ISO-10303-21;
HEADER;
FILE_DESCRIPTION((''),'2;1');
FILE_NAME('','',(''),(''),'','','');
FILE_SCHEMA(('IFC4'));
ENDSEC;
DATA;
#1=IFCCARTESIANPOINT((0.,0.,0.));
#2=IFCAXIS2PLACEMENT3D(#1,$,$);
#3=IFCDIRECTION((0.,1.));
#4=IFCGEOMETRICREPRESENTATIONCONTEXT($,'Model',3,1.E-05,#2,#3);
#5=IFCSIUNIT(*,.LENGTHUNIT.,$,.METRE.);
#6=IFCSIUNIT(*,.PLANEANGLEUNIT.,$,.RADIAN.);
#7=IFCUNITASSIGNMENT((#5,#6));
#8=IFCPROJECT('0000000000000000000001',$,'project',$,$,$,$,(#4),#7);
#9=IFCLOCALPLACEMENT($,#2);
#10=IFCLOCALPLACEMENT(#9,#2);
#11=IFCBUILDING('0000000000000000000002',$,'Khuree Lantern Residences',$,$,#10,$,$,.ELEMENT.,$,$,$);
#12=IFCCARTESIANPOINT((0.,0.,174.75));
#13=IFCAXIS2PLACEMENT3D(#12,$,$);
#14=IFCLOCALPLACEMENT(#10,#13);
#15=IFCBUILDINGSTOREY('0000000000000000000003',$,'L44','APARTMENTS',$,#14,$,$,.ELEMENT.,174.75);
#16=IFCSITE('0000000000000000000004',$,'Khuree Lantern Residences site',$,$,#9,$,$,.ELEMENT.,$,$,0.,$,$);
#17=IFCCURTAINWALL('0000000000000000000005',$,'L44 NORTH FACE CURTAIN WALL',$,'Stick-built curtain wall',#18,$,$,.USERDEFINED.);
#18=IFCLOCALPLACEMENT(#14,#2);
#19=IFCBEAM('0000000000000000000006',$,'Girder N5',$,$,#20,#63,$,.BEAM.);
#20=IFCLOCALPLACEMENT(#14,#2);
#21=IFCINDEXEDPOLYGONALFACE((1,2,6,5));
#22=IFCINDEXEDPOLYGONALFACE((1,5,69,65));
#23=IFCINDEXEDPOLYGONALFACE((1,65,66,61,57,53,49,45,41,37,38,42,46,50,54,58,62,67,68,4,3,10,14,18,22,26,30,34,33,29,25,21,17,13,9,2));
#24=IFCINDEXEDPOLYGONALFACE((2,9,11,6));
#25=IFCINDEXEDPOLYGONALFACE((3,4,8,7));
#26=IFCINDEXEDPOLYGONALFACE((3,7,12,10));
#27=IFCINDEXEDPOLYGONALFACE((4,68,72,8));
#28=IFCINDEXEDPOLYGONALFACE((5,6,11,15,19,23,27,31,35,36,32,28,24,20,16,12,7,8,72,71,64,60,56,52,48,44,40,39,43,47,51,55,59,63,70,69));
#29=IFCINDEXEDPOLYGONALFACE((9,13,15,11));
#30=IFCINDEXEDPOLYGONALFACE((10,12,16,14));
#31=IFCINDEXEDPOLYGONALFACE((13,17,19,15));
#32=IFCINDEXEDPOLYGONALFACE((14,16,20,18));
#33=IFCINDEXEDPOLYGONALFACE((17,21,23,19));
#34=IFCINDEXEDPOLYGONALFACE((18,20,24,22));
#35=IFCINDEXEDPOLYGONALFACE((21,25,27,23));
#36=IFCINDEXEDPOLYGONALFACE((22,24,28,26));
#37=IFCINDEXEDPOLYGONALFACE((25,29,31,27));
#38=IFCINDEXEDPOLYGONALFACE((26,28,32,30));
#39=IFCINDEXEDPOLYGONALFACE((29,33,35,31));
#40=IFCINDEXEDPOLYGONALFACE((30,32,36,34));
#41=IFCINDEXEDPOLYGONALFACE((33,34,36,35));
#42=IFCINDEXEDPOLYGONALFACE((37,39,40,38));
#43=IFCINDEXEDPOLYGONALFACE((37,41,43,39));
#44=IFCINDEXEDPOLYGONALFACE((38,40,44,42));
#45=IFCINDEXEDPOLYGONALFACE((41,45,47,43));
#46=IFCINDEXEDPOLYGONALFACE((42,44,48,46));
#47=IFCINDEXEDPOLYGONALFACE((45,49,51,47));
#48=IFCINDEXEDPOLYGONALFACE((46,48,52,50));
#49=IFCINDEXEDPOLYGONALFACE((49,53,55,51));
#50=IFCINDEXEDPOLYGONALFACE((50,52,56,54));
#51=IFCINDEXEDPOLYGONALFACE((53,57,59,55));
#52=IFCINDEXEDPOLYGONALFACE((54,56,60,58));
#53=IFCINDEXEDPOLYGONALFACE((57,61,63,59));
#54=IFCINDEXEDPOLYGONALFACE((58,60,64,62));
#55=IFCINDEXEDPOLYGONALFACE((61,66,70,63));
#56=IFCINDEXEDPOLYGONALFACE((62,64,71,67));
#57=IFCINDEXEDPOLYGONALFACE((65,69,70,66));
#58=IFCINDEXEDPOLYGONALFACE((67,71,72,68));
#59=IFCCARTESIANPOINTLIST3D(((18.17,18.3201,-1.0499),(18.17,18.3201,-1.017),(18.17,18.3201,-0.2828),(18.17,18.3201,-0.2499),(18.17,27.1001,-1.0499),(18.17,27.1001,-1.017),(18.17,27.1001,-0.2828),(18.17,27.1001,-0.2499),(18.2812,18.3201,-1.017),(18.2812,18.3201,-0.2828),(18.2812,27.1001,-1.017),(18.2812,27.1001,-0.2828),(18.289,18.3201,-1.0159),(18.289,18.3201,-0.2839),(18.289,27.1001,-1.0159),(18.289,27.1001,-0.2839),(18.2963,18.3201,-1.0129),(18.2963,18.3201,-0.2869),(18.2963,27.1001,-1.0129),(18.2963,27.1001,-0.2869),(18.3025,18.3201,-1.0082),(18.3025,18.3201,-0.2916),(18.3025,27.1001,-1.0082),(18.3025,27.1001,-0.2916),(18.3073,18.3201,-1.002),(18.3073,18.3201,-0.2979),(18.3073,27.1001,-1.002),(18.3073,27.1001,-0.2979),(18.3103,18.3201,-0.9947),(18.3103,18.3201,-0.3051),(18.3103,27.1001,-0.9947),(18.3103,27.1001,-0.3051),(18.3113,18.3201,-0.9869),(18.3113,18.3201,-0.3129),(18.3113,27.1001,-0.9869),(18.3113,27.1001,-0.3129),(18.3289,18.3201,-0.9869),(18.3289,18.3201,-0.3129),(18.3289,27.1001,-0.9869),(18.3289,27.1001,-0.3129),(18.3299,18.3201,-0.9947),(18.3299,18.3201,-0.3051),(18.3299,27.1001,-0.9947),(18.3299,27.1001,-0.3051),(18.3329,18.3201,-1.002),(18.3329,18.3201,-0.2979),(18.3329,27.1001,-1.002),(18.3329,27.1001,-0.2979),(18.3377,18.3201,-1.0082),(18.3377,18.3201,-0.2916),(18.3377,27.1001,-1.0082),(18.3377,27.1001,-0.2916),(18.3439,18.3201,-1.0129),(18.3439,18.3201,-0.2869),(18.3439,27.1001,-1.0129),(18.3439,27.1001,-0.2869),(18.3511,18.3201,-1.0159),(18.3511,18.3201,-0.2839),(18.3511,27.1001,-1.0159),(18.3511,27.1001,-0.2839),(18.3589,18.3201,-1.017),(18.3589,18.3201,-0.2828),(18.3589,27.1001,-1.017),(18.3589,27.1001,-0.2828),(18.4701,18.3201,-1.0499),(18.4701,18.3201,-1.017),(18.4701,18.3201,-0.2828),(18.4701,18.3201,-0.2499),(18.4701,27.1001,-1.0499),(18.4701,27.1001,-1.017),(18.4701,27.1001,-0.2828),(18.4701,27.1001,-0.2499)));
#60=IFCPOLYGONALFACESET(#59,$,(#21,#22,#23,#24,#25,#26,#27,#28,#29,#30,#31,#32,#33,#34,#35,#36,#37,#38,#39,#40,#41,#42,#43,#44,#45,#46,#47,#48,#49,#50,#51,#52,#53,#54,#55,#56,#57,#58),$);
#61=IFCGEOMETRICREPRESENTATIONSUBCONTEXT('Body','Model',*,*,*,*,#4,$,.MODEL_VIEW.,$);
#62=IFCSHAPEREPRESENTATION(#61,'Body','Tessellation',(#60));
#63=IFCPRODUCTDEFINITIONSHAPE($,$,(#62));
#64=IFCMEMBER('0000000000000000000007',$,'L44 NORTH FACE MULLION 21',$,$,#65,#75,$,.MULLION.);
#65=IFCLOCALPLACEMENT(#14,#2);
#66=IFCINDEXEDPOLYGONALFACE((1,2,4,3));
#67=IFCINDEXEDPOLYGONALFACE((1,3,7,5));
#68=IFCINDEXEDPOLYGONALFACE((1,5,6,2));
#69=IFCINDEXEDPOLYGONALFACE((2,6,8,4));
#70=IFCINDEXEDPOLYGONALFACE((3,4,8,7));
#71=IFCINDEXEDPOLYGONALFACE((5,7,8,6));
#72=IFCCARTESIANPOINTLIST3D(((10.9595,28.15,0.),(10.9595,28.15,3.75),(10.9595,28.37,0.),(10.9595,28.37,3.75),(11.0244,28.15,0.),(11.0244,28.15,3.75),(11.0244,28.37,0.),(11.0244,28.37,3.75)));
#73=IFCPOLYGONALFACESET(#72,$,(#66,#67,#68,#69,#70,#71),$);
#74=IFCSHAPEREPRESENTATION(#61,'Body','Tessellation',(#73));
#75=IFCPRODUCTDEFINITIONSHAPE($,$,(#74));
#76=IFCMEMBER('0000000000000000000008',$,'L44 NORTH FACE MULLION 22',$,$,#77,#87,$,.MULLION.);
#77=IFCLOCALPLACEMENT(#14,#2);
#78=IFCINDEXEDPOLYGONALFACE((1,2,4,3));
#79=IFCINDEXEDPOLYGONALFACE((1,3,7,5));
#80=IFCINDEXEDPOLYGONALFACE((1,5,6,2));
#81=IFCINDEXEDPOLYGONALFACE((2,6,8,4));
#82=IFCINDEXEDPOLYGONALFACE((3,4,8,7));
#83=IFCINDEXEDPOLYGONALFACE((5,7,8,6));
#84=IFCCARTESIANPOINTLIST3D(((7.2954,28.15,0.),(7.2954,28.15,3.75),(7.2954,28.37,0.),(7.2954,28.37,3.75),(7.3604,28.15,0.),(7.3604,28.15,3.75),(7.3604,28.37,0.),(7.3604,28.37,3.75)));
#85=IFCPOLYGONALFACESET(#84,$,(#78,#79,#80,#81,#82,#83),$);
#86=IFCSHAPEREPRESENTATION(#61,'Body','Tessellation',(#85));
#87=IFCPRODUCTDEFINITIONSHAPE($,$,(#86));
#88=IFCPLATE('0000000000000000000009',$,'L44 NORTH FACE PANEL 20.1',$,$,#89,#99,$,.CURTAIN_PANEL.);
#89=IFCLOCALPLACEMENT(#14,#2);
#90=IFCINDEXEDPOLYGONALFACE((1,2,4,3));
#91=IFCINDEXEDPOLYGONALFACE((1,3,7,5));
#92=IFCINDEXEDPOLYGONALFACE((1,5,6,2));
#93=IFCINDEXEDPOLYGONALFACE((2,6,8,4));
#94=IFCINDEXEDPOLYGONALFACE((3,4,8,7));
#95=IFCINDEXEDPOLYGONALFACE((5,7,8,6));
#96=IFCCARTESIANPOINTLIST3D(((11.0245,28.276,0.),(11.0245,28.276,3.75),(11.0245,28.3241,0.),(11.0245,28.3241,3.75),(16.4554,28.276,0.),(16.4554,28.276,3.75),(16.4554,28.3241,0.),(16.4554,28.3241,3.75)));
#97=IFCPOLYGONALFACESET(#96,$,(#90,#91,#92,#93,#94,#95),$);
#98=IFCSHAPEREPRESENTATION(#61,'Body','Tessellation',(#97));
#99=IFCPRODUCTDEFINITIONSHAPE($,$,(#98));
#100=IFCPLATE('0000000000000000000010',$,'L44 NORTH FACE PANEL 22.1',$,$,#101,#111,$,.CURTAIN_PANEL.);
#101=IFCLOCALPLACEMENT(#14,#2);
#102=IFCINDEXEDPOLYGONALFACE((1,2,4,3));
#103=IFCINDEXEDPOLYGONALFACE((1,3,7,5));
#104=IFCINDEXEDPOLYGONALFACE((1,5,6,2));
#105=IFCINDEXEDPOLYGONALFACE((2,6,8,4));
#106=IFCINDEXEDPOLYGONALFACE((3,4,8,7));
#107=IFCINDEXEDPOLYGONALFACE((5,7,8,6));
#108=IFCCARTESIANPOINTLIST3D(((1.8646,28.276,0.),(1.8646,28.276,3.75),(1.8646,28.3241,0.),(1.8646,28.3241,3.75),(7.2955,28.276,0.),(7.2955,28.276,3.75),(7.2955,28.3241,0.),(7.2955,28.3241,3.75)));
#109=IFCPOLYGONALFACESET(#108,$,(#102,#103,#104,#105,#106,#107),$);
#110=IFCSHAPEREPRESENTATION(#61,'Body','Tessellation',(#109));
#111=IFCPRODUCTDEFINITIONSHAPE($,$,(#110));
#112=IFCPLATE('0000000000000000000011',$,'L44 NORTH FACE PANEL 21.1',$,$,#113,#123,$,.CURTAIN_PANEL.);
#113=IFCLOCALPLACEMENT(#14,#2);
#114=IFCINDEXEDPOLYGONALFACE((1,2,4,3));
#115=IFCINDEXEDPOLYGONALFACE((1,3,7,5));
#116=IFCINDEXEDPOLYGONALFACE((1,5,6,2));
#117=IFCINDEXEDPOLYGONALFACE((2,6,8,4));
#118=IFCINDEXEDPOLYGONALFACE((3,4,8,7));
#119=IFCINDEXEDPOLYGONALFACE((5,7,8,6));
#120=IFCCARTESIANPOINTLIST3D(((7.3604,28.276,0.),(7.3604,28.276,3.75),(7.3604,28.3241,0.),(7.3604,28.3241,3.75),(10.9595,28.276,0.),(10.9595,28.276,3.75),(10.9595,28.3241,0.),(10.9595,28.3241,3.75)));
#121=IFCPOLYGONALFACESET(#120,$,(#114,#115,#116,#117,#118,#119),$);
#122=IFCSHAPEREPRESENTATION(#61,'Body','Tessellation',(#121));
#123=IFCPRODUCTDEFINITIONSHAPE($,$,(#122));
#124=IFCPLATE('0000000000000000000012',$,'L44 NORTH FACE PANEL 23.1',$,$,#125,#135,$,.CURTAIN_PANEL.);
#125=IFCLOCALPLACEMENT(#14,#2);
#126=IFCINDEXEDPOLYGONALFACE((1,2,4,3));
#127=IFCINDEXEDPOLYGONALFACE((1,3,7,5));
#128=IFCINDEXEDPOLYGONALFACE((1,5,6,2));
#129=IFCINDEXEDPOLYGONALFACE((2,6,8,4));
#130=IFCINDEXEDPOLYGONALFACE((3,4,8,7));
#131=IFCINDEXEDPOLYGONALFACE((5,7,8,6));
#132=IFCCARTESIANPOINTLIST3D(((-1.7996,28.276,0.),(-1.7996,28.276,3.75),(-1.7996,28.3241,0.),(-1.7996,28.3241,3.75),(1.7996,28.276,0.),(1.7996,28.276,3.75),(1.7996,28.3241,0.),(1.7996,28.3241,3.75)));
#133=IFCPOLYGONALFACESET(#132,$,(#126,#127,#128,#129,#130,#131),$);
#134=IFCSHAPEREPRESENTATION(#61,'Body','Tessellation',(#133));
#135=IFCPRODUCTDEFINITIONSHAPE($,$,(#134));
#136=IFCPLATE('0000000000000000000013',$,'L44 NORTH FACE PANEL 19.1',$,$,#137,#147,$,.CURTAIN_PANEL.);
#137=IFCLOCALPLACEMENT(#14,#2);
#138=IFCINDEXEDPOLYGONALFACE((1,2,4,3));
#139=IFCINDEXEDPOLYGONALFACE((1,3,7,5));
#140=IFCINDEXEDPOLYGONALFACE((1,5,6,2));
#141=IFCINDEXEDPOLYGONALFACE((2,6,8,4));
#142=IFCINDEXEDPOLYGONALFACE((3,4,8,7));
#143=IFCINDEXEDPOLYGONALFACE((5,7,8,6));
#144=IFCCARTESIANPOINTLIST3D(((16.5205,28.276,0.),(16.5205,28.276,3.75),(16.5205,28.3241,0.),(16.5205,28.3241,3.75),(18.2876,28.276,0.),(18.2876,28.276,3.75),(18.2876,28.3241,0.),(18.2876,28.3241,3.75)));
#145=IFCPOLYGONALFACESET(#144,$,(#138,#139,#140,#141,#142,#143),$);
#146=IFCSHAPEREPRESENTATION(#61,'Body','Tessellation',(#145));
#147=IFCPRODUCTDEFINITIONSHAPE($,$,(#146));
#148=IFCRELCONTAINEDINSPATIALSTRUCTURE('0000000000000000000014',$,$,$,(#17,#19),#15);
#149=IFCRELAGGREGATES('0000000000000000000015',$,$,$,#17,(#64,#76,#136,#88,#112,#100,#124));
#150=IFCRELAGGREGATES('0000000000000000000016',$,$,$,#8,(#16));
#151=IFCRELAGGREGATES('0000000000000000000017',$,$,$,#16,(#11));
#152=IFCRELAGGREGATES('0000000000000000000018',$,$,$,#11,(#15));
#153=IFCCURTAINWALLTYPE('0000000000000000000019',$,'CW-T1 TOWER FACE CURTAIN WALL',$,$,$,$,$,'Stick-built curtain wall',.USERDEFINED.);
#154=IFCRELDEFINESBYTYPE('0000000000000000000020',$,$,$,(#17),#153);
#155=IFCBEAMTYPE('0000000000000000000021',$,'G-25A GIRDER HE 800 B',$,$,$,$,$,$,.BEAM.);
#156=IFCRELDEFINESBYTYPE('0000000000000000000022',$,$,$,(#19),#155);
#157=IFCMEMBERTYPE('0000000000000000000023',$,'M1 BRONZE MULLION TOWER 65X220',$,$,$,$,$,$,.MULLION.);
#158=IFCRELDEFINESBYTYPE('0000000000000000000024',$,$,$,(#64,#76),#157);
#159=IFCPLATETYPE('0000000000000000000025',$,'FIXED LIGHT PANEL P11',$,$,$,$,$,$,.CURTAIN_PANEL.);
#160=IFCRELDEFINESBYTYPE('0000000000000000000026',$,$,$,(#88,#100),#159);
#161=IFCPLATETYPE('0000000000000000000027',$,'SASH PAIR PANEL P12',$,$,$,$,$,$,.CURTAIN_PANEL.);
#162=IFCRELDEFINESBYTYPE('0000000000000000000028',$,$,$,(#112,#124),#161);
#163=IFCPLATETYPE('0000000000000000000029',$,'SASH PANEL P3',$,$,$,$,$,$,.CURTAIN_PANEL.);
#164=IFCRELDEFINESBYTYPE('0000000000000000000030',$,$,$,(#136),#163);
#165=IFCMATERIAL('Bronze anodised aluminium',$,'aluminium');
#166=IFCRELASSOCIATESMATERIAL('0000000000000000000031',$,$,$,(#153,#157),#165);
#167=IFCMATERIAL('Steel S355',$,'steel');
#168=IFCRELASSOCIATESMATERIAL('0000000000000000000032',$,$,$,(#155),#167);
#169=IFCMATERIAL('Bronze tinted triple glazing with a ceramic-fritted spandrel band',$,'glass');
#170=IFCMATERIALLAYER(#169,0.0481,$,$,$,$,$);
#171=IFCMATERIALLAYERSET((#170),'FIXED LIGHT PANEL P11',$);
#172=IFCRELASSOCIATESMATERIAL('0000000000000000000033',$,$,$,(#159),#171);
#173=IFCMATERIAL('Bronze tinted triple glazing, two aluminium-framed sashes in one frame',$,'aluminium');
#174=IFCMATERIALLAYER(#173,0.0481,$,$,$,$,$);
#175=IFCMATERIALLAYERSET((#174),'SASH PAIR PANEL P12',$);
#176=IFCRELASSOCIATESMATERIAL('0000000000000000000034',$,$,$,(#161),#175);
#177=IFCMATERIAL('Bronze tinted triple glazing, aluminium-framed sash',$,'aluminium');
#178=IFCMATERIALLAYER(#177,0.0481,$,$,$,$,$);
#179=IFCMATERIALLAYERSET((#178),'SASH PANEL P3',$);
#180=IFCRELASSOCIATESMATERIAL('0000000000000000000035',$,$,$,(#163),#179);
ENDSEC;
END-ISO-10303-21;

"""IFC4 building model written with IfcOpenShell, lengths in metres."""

from ifc_helpers import new_model, si_unit, direction, frame, origin, origin_2d, place, context, subcontext, project, spatial, rectangle, i_section, extrude, material, layer, layer_set, material_profile, profile_set, type_object, element, aggregate, save


model = new_model("IFC4")

# Units and contexts
model_context = context("Model", 3, precision=1e-05, world=origin(), true_north=direction((0.0, 1.0)))
body_context = subcontext(model_context, "Body", "Model", "MODEL_VIEW")
ifc_project = project(units=[si_unit("LENGTHUNIT", "METRE"), si_unit("PLANEANGLEUNIT", "RADIAN")], contexts=[model_context])

# Site, building, storey
site_placement = place(None, origin())
site = spatial("IfcSite", under=ifc_project, at=site_placement, Name="Khuree Lantern Residences site", CompositionType="ELEMENT", RefElevation=0.0)
building_placement = place(site_placement, origin())
building = spatial("IfcBuilding", under=site, at=building_placement, Name="Khuree Lantern Residences", CompositionType="ELEMENT")
storey_placement = place(building_placement, frame((0.0, 0.0, 174.75)))
storey = spatial("IfcBuildingStorey", under=building, at=storey_placement, Name="L44", Description="APARTMENTS", CompositionType="ELEMENT", Elevation=174.75)

# Shared definitions
ifc_material_1 = material(Name="Steel S355", Category="steel")

# Curtain wall
ifc_material_2 = material(Name="Bronze anodised aluminium", Category="aluminium")
curtain_wall_type = type_object("IfcCurtainWallType", Name="CW-T1 TOWER FACE CURTAIN WALL", ElementType="Stick-built curtain wall", PredefinedType="USERDEFINED", material=ifc_material_2)
curtain_wall_placement = place(storey_placement, origin())
curtain_wall = element("IfcCurtainWall", 1, at=curtain_wall_placement, inside=storey, type_object=curtain_wall_type, Name="L44 NORTH FACE CURTAIN WALL", ObjectType="Stick-built curtain wall", PredefinedType="USERDEFINED")

# Beam
ifc_material_profile_1 = material_profile(ifc_material_1, i_section(OverallWidth=0.3, OverallDepth=0.8, WebThickness=0.0176, FlangeThickness=0.033, FilletRadius=0.03, at=origin_2d()), Name="HE 800 B")
ifc_profile_set_1 = profile_set([ifc_material_profile_1], Name="Steel S355")
beam_type_1 = type_object("IfcBeamType", Name="G-25A GIRDER HE 800 B", PredefinedType="BEAM", material=ifc_profile_set_1)
beam_1_placement = place(storey_placement, frame((18.3201, 27.1001, -0.6499), z_axis=(0.0, -1.0, 0.0), x_axis=(1.0, 0.0, 0.0)))
element("IfcBeam", 2, at=beam_1_placement, inside=storey, type_object=beam_type_1, Name="Girder N5", PredefinedType="BEAM", context=body_context, shape_type="SweptSolid", body=[
    extrude(i_section(OverallWidth=0.3, OverallDepth=0.8, WebThickness=0.0176, FlangeThickness=0.033, FilletRadius=0.03, at=origin_2d()), origin(), (0.0, 0.0, 1.0), 8.78),
])

# Members
ifc_material_profile_2 = material_profile(ifc_material_2, rectangle(XDim=0.0649, YDim=0.22, at=origin_2d()), Name="M1 65X220")
ifc_profile_set_2 = profile_set([ifc_material_profile_2], Name="Bronze anodised aluminium")
member_type_1 = type_object("IfcMemberType", Name="M1 BRONZE MULLION TOWER 65X220", PredefinedType="MULLION", material=ifc_profile_set_2)
member_1_placement = place(storey_placement, frame((10.9919, 28.26, 0.0), z_axis=(0.0, 0.0, 1.0), x_axis=(-1.0, 0.0, 0.0)))
member_1 = element("IfcMember", 3, at=member_1_placement, type_object=member_type_1, Name="L44 NORTH FACE MULLION 21", PredefinedType="MULLION", context=body_context, shape_type="SweptSolid", body=[
    extrude(rectangle(XDim=0.0649, YDim=0.22, at=origin_2d()), origin(), (0.0, 0.0, 1.0), 3.75),
])
member_2_placement = place(storey_placement, frame((7.3279, 28.26, 0.0), z_axis=(0.0, 0.0, 1.0), x_axis=(-1.0, 0.0, 0.0)))
member_2 = element("IfcMember", 4, at=member_2_placement, type_object=member_type_1, Name="L44 NORTH FACE MULLION 22", PredefinedType="MULLION", context=body_context, shape_type="SweptSolid", body=[
    extrude(rectangle(XDim=0.0649, YDim=0.22, at=origin_2d()), origin(), (0.0, 0.0, 1.0), 3.75),
])

# Plates
ifc_material_3 = material(Name="Bronze tinted triple glazing with a ceramic-fritted spandrel band", Category="glass")
ifc_layer_1 = layer(ifc_material_3, 0.0481)
ifc_layer_set_1 = layer_set([ifc_layer_1], Name="FIXED LIGHT PANEL P11")
plate_type_1 = type_object("IfcPlateType", Name="FIXED LIGHT PANEL P11", PredefinedType="CURTAIN_PANEL", material=ifc_layer_set_1)
plate_1_placement = place(storey_placement, frame((13.74, 28.3, 0.0), z_axis=(0.0, 0.0, 1.0), x_axis=(-1.0, 0.0, 0.0)))
plate_1 = element("IfcPlate", 5, at=plate_1_placement, type_object=plate_type_1, Name="L44 NORTH FACE PANEL 20.1", PredefinedType="CURTAIN_PANEL", context=body_context, shape_type="SweptSolid", body=[
    extrude(rectangle(XDim=5.4309, YDim=0.0481, at=origin_2d()), origin(), (0.0, 0.0, 1.0), 3.75),
])
plate_2_placement = place(storey_placement, frame((4.5801, 28.3, 0.0), z_axis=(0.0, 0.0, 1.0), x_axis=(-1.0, 0.0, 0.0)))
plate_2 = element("IfcPlate", 6, at=plate_2_placement, type_object=plate_type_1, Name="L44 NORTH FACE PANEL 22.1", PredefinedType="CURTAIN_PANEL", context=body_context, shape_type="SweptSolid", body=[
    extrude(rectangle(XDim=5.4309, YDim=0.0481, at=origin_2d()), origin(), (0.0, 0.0, 1.0), 3.75),
])
ifc_material_4 = material(Name="Bronze tinted triple glazing, two aluminium-framed sashes in one frame", Category="aluminium")
ifc_layer_2 = layer(ifc_material_4, 0.0481)
ifc_layer_set_2 = layer_set([ifc_layer_2], Name="SASH PAIR PANEL P12")
plate_type_2 = type_object("IfcPlateType", Name="SASH PAIR PANEL P12", PredefinedType="CURTAIN_PANEL", material=ifc_layer_set_2)
plate_3_placement = place(storey_placement, frame((9.1599, 28.3, 0.0), z_axis=(0.0, 0.0, 1.0), x_axis=(-1.0, 0.0, 0.0)))
plate_3 = element("IfcPlate", 7, at=plate_3_placement, type_object=plate_type_2, Name="L44 NORTH FACE PANEL 21.1", PredefinedType="CURTAIN_PANEL", context=body_context, shape_type="SweptSolid", body=[
    extrude(rectangle(XDim=3.5991, YDim=0.0481, at=origin_2d()), origin(), (0.0, 0.0, 1.0), 3.75),
])
plate_4_placement = place(storey_placement, frame((0.0, 28.3, 0.0), z_axis=(0.0, 0.0, 1.0), x_axis=(-1.0, 0.0, 0.0)))
plate_4 = element("IfcPlate", 8, at=plate_4_placement, type_object=plate_type_2, Name="L44 NORTH FACE PANEL 23.1", PredefinedType="CURTAIN_PANEL", context=body_context, shape_type="SweptSolid", body=[
    extrude(rectangle(XDim=3.5991, YDim=0.0481, at=origin_2d()), origin(), (0.0, 0.0, 1.0), 3.75),
])
ifc_material_5 = material(Name="Bronze tinted triple glazing, aluminium-framed sash", Category="aluminium")
ifc_layer_3 = layer(ifc_material_5, 0.0481)
ifc_layer_set_3 = layer_set([ifc_layer_3], Name="SASH PANEL P3")
plate_type_3 = type_object("IfcPlateType", Name="SASH PANEL P3", PredefinedType="CURTAIN_PANEL", material=ifc_layer_set_3)
plate_5_placement = place(storey_placement, frame((17.4041, 28.3, 0.0), z_axis=(0.0, 0.0, 1.0), x_axis=(-1.0, 0.0, 0.0)))
plate_5 = element("IfcPlate", 9, at=plate_5_placement, type_object=plate_type_3, Name="L44 NORTH FACE PANEL 19.1", PredefinedType="CURTAIN_PANEL", context=body_context, shape_type="SweptSolid", body=[
    extrude(rectangle(XDim=1.7671, YDim=0.0481, at=origin_2d()), origin(), (0.0, 0.0, 1.0), 3.75),
])
aggregate(curtain_wall, [member_1, member_2, plate_5, plate_1, plate_3, plate_2, plate_4])

save(model, "model.ifc")
